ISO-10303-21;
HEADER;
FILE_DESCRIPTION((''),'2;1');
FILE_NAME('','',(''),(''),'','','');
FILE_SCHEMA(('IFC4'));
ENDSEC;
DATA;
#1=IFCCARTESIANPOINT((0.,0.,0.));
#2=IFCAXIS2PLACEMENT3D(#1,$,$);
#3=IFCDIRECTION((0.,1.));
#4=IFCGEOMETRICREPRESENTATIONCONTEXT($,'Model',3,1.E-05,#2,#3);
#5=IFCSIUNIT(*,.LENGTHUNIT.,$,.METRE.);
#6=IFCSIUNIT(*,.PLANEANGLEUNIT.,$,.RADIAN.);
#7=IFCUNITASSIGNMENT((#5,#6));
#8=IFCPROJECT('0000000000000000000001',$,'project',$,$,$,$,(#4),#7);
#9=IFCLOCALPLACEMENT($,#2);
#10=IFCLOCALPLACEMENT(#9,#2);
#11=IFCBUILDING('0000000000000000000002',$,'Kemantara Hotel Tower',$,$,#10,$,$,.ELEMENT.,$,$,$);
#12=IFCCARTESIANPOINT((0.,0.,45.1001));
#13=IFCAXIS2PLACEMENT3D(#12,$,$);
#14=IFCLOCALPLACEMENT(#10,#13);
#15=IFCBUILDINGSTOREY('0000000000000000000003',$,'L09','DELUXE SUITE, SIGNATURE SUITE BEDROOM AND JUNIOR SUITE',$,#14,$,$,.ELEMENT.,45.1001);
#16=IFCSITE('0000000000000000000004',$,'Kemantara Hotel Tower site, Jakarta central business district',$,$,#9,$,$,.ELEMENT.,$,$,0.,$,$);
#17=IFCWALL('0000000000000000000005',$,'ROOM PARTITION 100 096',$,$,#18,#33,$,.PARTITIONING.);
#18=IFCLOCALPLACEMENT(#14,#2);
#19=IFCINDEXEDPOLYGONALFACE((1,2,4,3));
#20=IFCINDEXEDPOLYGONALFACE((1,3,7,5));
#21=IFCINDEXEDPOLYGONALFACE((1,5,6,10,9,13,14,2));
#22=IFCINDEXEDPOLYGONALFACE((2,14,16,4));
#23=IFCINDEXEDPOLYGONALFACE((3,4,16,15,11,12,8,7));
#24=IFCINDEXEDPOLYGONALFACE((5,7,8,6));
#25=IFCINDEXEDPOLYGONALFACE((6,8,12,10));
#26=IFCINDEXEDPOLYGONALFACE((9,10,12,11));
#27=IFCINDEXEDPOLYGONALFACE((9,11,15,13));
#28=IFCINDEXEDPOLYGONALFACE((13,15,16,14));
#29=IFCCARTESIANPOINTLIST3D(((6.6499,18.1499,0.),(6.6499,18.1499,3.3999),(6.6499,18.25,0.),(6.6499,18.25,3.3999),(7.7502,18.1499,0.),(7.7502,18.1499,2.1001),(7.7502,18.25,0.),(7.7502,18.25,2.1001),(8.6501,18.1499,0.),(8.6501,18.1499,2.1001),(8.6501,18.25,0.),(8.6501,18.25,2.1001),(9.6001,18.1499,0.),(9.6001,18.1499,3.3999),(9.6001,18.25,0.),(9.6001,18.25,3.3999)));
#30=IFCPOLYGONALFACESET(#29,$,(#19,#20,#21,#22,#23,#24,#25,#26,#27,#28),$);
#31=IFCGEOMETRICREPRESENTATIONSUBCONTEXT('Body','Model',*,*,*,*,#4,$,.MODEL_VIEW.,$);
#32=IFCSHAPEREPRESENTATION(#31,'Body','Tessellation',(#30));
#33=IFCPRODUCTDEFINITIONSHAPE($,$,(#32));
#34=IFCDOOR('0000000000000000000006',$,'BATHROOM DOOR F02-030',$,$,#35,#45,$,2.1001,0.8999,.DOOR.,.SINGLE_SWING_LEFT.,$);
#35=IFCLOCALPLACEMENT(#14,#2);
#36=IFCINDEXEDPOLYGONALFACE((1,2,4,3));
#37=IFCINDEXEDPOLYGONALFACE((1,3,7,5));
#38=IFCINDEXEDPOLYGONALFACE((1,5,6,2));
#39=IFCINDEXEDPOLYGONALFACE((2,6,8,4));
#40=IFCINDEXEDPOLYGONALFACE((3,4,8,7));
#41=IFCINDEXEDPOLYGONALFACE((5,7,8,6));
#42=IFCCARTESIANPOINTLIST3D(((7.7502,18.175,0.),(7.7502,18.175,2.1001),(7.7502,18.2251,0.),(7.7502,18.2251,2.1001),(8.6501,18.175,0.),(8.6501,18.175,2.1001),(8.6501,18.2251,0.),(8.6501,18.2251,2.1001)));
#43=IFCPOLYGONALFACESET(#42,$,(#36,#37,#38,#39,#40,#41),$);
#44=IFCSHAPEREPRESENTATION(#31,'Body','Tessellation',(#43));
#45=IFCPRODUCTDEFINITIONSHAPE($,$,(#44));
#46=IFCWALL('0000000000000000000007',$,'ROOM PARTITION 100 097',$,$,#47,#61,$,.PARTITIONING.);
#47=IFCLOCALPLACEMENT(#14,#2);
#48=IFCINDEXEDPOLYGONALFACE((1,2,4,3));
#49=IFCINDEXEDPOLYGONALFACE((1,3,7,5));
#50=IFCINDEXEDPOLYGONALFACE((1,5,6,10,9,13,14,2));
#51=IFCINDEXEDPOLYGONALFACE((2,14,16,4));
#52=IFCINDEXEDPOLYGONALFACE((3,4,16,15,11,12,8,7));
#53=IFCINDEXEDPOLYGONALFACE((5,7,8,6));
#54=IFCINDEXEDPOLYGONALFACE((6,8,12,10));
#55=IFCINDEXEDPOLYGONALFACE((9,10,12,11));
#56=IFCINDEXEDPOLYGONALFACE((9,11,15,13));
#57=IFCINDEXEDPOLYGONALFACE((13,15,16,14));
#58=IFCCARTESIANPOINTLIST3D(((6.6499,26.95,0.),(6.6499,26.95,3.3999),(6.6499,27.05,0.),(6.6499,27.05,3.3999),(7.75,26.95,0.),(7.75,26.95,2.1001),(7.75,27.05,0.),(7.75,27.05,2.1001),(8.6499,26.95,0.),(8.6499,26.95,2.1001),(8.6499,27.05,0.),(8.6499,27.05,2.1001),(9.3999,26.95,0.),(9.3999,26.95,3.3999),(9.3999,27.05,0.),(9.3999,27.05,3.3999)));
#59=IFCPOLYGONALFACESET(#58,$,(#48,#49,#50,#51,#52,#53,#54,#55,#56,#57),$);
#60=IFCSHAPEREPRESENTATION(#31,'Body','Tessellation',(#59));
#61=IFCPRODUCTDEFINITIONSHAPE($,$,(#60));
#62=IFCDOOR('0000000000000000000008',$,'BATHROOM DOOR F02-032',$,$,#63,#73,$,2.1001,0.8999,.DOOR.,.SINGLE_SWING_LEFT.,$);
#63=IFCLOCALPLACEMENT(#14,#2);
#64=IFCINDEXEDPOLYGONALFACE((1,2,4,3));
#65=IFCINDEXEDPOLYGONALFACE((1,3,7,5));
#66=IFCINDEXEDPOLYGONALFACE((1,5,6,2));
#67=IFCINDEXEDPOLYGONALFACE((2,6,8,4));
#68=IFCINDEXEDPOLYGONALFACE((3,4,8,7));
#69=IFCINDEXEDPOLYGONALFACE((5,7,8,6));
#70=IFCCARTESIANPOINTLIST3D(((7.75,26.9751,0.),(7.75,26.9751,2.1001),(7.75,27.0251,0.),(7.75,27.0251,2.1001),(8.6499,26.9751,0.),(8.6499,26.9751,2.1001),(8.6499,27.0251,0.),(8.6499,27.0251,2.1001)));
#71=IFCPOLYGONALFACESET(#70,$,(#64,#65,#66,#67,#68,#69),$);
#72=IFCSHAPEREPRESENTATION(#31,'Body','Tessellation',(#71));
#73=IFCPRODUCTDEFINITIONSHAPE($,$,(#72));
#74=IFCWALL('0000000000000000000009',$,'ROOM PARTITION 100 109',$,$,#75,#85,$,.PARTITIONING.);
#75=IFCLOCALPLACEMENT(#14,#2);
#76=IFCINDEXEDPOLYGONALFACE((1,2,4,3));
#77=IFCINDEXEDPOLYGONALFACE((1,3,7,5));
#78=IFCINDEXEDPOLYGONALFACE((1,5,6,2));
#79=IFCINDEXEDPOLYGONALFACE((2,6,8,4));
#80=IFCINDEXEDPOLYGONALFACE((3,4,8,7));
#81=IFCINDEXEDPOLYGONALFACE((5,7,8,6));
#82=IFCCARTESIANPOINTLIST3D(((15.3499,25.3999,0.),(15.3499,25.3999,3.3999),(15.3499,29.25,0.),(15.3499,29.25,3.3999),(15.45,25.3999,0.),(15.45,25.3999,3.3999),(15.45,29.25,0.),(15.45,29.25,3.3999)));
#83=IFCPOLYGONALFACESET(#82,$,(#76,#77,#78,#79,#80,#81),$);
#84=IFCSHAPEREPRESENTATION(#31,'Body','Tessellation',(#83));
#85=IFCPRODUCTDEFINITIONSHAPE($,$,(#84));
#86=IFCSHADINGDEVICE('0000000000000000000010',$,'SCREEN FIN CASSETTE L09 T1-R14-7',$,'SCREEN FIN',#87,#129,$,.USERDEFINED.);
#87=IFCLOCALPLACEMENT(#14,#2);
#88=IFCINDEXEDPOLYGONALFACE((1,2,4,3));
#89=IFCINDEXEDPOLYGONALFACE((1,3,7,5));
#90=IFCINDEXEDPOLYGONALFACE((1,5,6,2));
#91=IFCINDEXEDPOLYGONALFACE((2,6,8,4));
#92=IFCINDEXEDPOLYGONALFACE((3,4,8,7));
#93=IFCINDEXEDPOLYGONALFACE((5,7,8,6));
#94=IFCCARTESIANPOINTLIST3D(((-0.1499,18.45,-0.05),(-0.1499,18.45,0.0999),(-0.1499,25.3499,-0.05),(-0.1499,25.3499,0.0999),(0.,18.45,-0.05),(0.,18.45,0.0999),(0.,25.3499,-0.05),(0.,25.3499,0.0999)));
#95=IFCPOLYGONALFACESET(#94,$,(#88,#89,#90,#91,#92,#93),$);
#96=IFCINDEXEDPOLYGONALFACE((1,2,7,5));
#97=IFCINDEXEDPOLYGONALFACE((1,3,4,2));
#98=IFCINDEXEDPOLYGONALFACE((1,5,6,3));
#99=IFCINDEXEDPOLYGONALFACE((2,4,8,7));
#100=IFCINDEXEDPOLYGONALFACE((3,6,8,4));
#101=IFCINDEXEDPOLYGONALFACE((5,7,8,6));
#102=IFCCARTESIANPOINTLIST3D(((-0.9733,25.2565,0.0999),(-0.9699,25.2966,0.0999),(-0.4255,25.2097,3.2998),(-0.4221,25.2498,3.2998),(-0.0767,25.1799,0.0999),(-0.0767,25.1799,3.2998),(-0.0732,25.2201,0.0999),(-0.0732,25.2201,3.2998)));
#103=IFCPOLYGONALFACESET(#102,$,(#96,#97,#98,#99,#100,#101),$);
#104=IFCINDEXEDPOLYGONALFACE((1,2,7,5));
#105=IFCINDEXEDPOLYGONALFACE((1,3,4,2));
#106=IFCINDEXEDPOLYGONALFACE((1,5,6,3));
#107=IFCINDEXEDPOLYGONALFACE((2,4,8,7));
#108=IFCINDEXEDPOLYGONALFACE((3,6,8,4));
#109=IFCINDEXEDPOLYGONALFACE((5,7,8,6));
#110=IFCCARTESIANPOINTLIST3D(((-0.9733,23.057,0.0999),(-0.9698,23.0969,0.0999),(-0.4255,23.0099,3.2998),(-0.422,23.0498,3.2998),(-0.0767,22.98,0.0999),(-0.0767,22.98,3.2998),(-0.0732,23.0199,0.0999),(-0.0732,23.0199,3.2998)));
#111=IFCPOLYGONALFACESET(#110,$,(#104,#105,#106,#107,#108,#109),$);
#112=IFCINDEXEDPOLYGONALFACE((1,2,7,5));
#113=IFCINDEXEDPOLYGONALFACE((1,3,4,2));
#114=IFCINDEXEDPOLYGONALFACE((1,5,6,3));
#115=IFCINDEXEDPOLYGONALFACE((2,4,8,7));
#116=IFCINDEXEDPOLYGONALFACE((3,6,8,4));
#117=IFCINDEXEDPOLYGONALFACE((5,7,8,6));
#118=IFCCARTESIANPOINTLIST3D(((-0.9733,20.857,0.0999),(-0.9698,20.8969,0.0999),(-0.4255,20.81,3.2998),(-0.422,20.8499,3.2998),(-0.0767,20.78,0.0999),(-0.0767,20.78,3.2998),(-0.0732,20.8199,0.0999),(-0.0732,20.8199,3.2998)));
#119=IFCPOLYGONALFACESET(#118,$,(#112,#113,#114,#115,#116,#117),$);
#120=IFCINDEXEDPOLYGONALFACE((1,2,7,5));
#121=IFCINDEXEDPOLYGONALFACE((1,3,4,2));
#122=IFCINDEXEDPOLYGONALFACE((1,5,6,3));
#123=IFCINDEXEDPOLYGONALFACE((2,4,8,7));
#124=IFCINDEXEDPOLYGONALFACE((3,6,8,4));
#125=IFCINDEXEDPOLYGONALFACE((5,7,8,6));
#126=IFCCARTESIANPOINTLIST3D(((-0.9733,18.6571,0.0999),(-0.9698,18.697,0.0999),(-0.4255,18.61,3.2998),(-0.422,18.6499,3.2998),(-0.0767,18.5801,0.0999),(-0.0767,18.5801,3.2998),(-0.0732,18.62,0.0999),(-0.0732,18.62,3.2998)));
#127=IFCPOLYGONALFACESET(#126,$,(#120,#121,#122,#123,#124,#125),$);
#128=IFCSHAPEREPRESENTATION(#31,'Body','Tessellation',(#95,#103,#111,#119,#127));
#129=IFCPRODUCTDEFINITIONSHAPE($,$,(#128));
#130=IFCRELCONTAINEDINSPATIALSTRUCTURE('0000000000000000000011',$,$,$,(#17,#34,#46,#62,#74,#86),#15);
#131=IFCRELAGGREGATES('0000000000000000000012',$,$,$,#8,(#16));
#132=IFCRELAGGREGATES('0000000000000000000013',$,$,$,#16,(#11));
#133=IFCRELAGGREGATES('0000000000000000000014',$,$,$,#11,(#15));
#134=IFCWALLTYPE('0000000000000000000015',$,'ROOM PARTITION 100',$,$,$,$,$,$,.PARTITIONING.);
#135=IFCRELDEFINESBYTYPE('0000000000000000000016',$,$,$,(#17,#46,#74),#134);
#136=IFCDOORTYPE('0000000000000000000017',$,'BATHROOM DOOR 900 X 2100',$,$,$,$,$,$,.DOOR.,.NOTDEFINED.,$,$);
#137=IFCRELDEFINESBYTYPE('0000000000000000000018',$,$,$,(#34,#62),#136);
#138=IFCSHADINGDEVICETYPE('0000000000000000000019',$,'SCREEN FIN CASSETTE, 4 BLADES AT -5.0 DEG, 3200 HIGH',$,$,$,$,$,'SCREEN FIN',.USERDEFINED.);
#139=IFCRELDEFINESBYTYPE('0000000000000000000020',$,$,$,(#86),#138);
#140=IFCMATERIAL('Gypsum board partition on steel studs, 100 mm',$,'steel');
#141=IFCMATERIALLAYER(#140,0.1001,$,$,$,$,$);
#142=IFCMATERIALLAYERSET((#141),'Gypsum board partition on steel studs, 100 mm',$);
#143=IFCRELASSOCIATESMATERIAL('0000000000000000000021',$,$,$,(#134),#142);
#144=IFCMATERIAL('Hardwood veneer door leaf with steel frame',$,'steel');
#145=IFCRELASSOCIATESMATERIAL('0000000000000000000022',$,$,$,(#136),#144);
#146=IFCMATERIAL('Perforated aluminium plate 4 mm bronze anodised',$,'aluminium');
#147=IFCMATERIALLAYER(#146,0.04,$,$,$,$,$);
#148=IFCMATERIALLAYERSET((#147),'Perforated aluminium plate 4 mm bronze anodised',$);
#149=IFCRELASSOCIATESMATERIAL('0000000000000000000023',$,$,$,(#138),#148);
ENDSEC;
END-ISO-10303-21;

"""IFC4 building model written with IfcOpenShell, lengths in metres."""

from ifc_helpers import new_model, si_unit, direction, frame, frame_2d, origin, origin_2d, place, context, subcontext, project, spatial, polyline, rectangle, outline, extrude, source, transform, mapped, material, layer, layer_set, type_object, element, fill, save


model = new_model("IFC4")

# Units and contexts
model_context = context("Model", 3, precision=1e-05, world=origin(), true_north=direction((0.0, 1.0)))
body_context = subcontext(model_context, "Body", "Model", "MODEL_VIEW")
ifc_project = project(units=[si_unit("LENGTHUNIT", "METRE"), si_unit("PLANEANGLEUNIT", "RADIAN")], contexts=[model_context])

# Site, building, storey
site_placement = place(None, origin())
site = spatial("IfcSite", under=ifc_project, at=site_placement, Name="Kemantara Hotel Tower site, Jakarta central business district", CompositionType="ELEMENT", RefElevation=0.0)
building_placement = place(site_placement, origin())
building = spatial("IfcBuilding", under=site, at=building_placement, Name="Kemantara Hotel Tower", CompositionType="ELEMENT")
storey_placement = place(building_placement, frame((0.0, 0.0, 45.1001)))
storey = spatial("IfcBuildingStorey", under=building, at=storey_placement, Name="L09", Description="DELUXE SUITE, SIGNATURE SUITE BEDROOM AND JUNIOR SUITE", CompositionType="ELEMENT", Elevation=45.1001)

# Shared definitions
ifc_material_1 = material(Name="Hardwood veneer door leaf with steel frame", Category="steel")

# Shared definitions
ifc_material_2 = material(Name="Gypsum board partition on steel studs, 100 mm", Category="steel")
ifc_layer_1 = layer(ifc_material_2, 0.1001)
ifc_layer_set_1 = layer_set([ifc_layer_1], Name="Gypsum board partition on steel studs, 100 mm")
wall_type_1 = type_object("IfcWallType", Name="ROOM PARTITION 100", PredefinedType="PARTITIONING", material=ifc_layer_set_1)

# Walls, openings, doors
wall_1_placement = place(storey_placement, frame((9.6001, 18.2, 0.0), z_axis=(0.0, 0.0, 1.0), x_axis=(-1.0, 0.0, 0.0)))
wall_1 = element("IfcWall", 1, at=wall_1_placement, inside=storey, type_object=wall_type_1, Name="ROOM PARTITION 100 096", PredefinedType="PARTITIONING", context=body_context, shape_type="SweptSolid", body=[
    extrude(rectangle(XDim=2.9502, YDim=0.1001, at=frame_2d((1.4751, 0.0))), origin(), (0.0, 0.0, 1.0), 3.3999),
])
opening_1_placement = place(wall_1_placement, frame((0.95, 0.0, 0.0)))
opening_1 = element("IfcOpeningElement", 2, at=opening_1_placement, cuts=wall_1, PredefinedType="OPENING", context=body_context, shape_type="SweptSolid", body=[
    extrude(rectangle(XDim=0.8999, YDim=2.1001, at=frame_2d((0.45, 1.05))), frame((0.0, 0.0601, 0.0), z_axis=(0.0, -1.0, 0.0), x_axis=(1.0, 0.0, 0.0)), (0.0, 0.0, 1.0), 0.1201),
])
door_type_1 = type_object("IfcDoorType", Name="BATHROOM DOOR 900 X 2100", OperationType="NOTDEFINED", PredefinedType="DOOR", material=ifc_material_1)
door_1_placement = place(opening_1_placement, origin())
door_1 = element("IfcDoor", 3, at=door_1_placement, inside=storey, type_object=door_type_1, Name="BATHROOM DOOR F02-030", OperationType="SINGLE_SWING_LEFT", OverallHeight=2.1001, OverallWidth=0.8999, PredefinedType="DOOR", context=body_context, shape_type="SweptSolid", body=[
    extrude(rectangle(XDim=0.8999, YDim=2.1001, at=frame_2d((0.45, 1.05))), frame((0.0, 0.0249, 0.0), z_axis=(0.0, -1.0, 0.0), x_axis=(1.0, 0.0, 0.0)), (0.0, 0.0, 1.0), 0.05),
])
fill(opening_1, door_1)
wall_2_placement = place(storey_placement, frame((9.3999, 27.0, 0.0), z_axis=(0.0, 0.0, 1.0), x_axis=(-1.0, 0.0, 0.0)))
wall_2 = element("IfcWall", 4, at=wall_2_placement, inside=storey, type_object=wall_type_1, Name="ROOM PARTITION 100 097", PredefinedType="PARTITIONING", context=body_context, shape_type="SweptSolid", body=[
    extrude(rectangle(XDim=2.75, YDim=0.1001, at=frame_2d((1.375, 0.0))), origin(), (0.0, 0.0, 1.0), 3.3999),
])
opening_2_placement = place(wall_2_placement, frame((0.75, 0.0, 0.0)))
opening_2 = element("IfcOpeningElement", 5, at=opening_2_placement, cuts=wall_2, PredefinedType="OPENING", context=body_context, shape_type="SweptSolid", body=[
    extrude(rectangle(XDim=0.8999, YDim=2.1001, at=frame_2d((0.45, 1.05))), frame((0.0, 0.0601, 0.0), z_axis=(0.0, -1.0, 0.0), x_axis=(1.0, 0.0, 0.0)), (0.0, 0.0, 1.0), 0.1201),
])
door_2_placement = place(opening_2_placement, origin())
door_2 = element("IfcDoor", 6, at=door_2_placement, inside=storey, type_object=door_type_1, Name="BATHROOM DOOR F02-032", OperationType="SINGLE_SWING_LEFT", OverallHeight=2.1001, OverallWidth=0.8999, PredefinedType="DOOR", context=body_context, shape_type="SweptSolid", body=[
    extrude(rectangle(XDim=0.8999, YDim=2.1001, at=frame_2d((0.45, 1.05))), frame((0.0, 0.0249, 0.0), z_axis=(0.0, -1.0, 0.0), x_axis=(1.0, 0.0, 0.0)), (0.0, 0.0, 1.0), 0.05),
])
fill(opening_2, door_2)

# Wall
wall_3_placement = place(storey_placement, frame((15.3999, 25.3999, 0.0), z_axis=(0.0, 0.0, 1.0), x_axis=(0.0, 1.0, 0.0)))
element("IfcWall", 7, at=wall_3_placement, inside=storey, type_object=wall_type_1, Name="ROOM PARTITION 100 109", PredefinedType="PARTITIONING", context=body_context, shape_type="SweptSolid", body=[
    extrude(rectangle(XDim=3.8501, YDim=0.1001, at=frame_2d((1.925, 0.0))), origin(), (0.0, 0.0, 1.0), 3.3999),
])

# Shading device
ifc_material_3 = material(Name="Perforated aluminium plate 4 mm bronze anodised", Category="aluminium")
ifc_layer_2 = layer(ifc_material_3, 0.04)
ifc_layer_set_2 = layer_set([ifc_layer_2], Name="Perforated aluminium plate 4 mm bronze anodised")
shading_device_type = type_object("IfcShadingDeviceType", Name="SCREEN FIN CASSETTE, 4 BLADES AT -5.0 DEG, 3200 HIGH", ElementType="SCREEN FIN", PredefinedType="USERDEFINED", material=ifc_layer_set_2)
shared_shape = source(origin(), body_context, "Body", "SweptSolid", [
    extrude(rectangle(XDim=6.8999, YDim=0.1499, at=origin_2d()), frame((3.3, -0.075, -0.1499), z_axis=(0.0, 0.0, 1.0), x_axis=(1.0, 0.0, 0.0)), (0.0, 0.0, 1.0), 0.1499),
    extrude(outline(polyline([(0.0, 0.0), (0.8999, 0.0), (0.3501, 3.2), (0.0, 3.2), (0.0, 0.0)])), frame((0.02, -0.0767, 0.0), z_axis=(-0.996376, 0.085056, 0.0), x_axis=(-0.085056, -0.996376, 0.0)), (0.0, 0.0, 1.0), 0.0403),
    extrude(outline(polyline([(0.0, 0.0), (0.8999, 0.0), (0.3501, 3.2), (0.0, 3.2), (0.0, 0.0)])), frame((2.22, -0.0767, 0.0), z_axis=(-0.996332, 0.085575, 0.0), x_axis=(-0.085575, -0.996332, 0.0)), (0.0, 0.0, 1.0), 0.04),
    extrude(outline(polyline([(0.0, 0.0), (0.8999, 0.0), (0.3501, 3.2), (0.0, 3.2), (0.0, 0.0)])), frame((4.4199, -0.0767, 0.0), z_axis=(-0.996332, 0.085575, 0.0), x_axis=(-0.085575, -0.996332, 0.0)), (0.0, 0.0, 1.0), 0.04),
    extrude(outline(polyline([(0.0, 0.0), (0.8999, 0.0), (0.3501, 3.2), (0.0, 3.2), (0.0, 0.0)])), frame((6.6199, -0.0767, 0.0), z_axis=(-0.996332, 0.085575, 0.0), x_axis=(-0.085575, -0.996332, 0.0)), (0.0, 0.0, 1.0), 0.04),
])
shading_device_placement = place(storey_placement, frame((0.0, 25.2, 0.0999), z_axis=(0.0, 0.0, 1.0), x_axis=(0.0, -1.0, 0.0)))
element("IfcShadingDevice", 8, at=shading_device_placement, inside=storey, type_object=shading_device_type, Name="SCREEN FIN CASSETTE L09 T1-R14-7", ObjectType="SCREEN FIN", PredefinedType="USERDEFINED", context=body_context, shape_type="MappedRepresentation", body=[
    mapped(shared_shape, transform((0.0, 0.0, 0.0))),
])

save(model, "model.ifc")
